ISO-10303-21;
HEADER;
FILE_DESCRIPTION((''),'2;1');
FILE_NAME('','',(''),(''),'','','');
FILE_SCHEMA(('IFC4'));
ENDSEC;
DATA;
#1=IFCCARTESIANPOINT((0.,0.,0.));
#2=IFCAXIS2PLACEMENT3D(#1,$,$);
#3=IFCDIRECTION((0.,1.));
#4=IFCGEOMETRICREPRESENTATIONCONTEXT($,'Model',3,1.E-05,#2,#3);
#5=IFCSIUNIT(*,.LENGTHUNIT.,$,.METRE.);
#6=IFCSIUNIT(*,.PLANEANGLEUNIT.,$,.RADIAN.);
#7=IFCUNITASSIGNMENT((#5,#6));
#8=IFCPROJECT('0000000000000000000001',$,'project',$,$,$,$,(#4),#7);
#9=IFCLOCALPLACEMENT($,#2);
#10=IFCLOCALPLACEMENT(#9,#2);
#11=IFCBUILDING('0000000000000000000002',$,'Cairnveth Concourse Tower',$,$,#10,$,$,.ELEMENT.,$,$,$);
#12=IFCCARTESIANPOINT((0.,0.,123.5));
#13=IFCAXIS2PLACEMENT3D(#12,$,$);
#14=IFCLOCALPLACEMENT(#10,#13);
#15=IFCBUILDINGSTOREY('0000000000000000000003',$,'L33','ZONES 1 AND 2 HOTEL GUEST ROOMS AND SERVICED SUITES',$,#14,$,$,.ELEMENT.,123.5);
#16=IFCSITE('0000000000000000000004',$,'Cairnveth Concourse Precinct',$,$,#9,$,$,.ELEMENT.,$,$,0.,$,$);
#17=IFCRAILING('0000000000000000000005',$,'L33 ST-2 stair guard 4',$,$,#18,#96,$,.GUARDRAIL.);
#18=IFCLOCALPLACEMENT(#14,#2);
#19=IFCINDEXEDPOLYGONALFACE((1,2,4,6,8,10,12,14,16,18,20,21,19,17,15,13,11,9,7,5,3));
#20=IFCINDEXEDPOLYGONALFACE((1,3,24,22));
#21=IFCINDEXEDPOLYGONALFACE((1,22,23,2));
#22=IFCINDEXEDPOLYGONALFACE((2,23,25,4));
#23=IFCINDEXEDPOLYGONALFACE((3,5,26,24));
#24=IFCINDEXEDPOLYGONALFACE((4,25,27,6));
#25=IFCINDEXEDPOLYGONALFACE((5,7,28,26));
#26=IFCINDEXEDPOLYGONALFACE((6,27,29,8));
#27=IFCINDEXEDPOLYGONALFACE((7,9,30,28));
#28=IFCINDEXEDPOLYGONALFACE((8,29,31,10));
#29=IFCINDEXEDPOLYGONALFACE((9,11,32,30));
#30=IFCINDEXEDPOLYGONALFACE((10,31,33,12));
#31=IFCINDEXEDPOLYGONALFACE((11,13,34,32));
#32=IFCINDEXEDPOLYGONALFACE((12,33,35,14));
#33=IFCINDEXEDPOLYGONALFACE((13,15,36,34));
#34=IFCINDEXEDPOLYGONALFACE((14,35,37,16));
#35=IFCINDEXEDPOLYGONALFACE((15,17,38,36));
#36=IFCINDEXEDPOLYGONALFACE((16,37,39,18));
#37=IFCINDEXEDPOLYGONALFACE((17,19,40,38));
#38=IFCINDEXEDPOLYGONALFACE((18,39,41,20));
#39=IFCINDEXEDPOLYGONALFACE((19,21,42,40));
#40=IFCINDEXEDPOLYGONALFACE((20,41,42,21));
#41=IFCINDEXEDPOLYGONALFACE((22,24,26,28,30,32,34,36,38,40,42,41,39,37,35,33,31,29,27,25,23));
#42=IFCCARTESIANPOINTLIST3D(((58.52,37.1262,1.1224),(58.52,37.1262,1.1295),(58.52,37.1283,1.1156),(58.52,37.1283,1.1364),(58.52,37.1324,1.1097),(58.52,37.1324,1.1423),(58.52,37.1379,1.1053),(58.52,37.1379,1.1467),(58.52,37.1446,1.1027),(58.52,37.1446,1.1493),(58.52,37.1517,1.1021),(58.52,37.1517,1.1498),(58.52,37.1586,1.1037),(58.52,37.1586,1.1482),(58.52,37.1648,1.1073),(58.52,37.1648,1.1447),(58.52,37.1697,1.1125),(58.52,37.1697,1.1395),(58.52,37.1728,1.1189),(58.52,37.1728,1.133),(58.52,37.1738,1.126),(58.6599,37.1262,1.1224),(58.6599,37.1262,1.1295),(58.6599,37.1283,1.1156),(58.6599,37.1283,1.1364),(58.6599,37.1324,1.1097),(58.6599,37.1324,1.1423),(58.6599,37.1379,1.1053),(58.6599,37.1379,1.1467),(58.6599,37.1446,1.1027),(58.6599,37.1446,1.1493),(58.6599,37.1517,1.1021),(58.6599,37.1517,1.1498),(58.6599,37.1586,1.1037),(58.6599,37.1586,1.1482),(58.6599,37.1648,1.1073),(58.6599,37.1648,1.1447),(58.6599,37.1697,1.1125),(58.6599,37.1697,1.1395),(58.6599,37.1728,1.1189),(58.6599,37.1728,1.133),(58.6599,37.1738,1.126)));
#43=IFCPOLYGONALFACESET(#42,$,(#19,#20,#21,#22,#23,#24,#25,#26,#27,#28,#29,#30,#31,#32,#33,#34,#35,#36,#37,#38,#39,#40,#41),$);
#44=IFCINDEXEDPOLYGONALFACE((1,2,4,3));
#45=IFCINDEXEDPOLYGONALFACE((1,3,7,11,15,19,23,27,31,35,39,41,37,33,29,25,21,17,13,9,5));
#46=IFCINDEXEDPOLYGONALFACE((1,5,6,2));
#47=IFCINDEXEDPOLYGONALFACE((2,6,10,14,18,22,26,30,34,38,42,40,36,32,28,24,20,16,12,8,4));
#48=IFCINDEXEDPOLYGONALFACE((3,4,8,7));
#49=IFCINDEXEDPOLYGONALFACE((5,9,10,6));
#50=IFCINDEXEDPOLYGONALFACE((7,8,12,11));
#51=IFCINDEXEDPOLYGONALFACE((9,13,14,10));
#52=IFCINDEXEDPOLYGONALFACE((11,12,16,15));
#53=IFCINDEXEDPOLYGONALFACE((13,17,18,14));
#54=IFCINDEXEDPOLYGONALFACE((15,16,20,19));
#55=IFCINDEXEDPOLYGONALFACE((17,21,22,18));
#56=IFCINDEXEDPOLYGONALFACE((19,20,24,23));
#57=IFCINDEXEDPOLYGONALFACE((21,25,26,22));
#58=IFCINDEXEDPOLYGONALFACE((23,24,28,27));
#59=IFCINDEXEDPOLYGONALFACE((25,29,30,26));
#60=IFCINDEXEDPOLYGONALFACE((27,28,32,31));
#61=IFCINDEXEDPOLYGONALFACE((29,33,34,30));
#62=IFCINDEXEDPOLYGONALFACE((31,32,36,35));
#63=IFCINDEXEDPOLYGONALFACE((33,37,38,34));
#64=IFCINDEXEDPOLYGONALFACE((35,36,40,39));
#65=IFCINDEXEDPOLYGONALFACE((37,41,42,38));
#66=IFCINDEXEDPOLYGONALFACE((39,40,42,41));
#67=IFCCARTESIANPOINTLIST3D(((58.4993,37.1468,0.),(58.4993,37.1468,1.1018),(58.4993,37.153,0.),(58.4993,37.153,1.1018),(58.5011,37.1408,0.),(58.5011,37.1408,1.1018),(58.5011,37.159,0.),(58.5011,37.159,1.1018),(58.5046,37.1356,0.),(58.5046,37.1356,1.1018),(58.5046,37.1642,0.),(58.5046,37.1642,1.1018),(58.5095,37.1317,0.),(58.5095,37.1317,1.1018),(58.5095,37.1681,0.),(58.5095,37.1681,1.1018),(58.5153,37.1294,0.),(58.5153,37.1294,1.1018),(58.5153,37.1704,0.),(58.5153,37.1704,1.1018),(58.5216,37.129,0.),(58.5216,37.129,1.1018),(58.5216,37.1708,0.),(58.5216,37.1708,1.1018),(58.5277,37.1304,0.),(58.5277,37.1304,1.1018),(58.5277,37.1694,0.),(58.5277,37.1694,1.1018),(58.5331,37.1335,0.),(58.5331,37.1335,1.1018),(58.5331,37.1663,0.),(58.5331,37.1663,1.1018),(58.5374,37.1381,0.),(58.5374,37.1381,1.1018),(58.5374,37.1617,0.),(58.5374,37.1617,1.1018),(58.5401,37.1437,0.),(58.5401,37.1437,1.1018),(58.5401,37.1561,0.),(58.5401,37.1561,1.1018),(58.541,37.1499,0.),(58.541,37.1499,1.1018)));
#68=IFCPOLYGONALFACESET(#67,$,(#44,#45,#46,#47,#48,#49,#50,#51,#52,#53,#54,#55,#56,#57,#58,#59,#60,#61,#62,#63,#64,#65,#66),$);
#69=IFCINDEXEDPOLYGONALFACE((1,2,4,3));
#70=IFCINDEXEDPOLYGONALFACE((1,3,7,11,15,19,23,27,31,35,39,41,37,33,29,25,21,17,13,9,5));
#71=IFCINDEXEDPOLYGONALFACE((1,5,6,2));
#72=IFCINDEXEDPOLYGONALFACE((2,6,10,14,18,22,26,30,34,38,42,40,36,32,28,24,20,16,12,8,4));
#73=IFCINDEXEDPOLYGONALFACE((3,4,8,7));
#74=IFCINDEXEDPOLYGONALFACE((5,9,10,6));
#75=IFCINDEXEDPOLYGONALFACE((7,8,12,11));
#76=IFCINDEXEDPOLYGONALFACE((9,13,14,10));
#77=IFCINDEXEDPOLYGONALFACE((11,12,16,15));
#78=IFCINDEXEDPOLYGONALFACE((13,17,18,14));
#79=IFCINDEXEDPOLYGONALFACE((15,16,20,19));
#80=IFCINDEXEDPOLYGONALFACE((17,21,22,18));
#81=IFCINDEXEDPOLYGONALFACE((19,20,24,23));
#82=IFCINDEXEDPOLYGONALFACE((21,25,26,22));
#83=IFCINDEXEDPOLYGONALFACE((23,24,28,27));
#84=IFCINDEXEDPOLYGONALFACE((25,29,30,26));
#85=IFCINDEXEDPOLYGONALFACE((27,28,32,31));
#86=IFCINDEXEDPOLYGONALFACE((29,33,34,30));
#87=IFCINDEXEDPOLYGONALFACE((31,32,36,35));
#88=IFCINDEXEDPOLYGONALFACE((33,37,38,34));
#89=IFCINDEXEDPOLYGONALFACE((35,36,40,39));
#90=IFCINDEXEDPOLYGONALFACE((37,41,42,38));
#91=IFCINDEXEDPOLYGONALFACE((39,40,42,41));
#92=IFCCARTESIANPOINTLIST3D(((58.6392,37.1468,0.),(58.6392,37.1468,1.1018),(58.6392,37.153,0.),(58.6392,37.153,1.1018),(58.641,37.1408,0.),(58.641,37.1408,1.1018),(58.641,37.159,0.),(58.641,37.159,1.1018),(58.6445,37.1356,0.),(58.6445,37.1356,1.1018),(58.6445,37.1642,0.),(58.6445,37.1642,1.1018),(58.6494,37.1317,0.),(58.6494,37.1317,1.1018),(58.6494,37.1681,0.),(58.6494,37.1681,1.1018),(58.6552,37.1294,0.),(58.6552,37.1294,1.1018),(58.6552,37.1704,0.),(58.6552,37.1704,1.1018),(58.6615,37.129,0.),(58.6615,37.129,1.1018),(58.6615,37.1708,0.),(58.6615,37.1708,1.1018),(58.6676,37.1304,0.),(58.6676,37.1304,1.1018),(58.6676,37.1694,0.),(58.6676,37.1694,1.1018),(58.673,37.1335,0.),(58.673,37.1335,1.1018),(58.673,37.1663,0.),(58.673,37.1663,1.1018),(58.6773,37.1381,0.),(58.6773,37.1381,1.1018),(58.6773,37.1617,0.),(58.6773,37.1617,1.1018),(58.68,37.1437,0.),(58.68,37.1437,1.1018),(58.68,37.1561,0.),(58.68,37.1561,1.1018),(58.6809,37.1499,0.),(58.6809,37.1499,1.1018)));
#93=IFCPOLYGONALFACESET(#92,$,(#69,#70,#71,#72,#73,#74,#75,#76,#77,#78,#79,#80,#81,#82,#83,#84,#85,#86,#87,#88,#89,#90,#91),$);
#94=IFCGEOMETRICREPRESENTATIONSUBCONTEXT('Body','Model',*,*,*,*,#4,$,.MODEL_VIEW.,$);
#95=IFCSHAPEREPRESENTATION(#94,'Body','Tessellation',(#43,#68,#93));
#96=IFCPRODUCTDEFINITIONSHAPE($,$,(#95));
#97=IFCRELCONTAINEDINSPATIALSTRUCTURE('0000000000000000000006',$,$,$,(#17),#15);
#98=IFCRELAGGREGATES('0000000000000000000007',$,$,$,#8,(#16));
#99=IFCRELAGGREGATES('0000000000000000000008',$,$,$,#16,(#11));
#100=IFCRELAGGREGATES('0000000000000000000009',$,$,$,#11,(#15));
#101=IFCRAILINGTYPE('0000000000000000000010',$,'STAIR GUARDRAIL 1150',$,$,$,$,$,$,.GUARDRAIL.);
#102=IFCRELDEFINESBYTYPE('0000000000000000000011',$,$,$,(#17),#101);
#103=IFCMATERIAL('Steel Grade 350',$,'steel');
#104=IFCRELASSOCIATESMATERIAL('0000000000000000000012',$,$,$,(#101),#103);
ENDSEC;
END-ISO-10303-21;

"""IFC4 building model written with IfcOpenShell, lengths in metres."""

from ifc_helpers import new_model, si_unit, direction, frame, origin, origin_2d, place, context, subcontext, project, spatial, circle, extrude, material, type_object, element, save


model = new_model("IFC4")

# Units and contexts
model_context = context("Model", 3, precision=1e-05, world=origin(), true_north=direction((0.0, 1.0)))
body_context = subcontext(model_context, "Body", "Model", "MODEL_VIEW")
ifc_project = project(units=[si_unit("LENGTHUNIT", "METRE"), si_unit("PLANEANGLEUNIT", "RADIAN")], contexts=[model_context])

# Site, building, storey
site_placement = place(None, origin())
site = spatial("IfcSite", under=ifc_project, at=site_placement, Name="Cairnveth Concourse Precinct", CompositionType="ELEMENT", RefElevation=0.0)
building_placement = place(site_placement, origin())
building = spatial("IfcBuilding", under=site, at=building_placement, Name="Cairnveth Concourse Tower", CompositionType="ELEMENT")
storey_placement = place(building_placement, frame((0.0, 0.0, 123.5)))
storey = spatial("IfcBuildingStorey", under=building, at=storey_placement, Name="L33", Description="ZONES 1 AND 2 HOTEL GUEST ROOMS AND SERVICED SUITES", CompositionType="ELEMENT", Elevation=123.5)

# Shared definitions
ifc_material_1 = material(Name="Steel Grade 350", Category="steel")

# Railing
railing_type = type_object("IfcRailingType", Name="STAIR GUARDRAIL 1150", PredefinedType="GUARDRAIL", material=ifc_material_1)
railing_placement = place(storey_placement, frame((58.52, 37.1499, 0.0)))
element("IfcRailing", 1, at=railing_placement, inside=storey, type_object=railing_type, Name="L33 ST-2 stair guard 4", PredefinedType="GUARDRAIL", context=body_context, shape_type="SweptSolid", body=[
    extrude(circle(Radius=0.0239, at=origin_2d()), frame((0.0, 0.0, 1.126), z_axis=(1.0, 0.0, 0.0), x_axis=(0.0, 1.0, 0.0)), (0.0, 0.0, 1.0), 0.1399),
    extrude(circle(Radius=0.021, at=origin_2d()), origin(), (0.0, 0.0, 1.0), 1.1018),
    extrude(circle(Radius=0.021, at=origin_2d()), frame((0.1399, 0.0, 0.0)), (0.0, 0.0, 1.0), 1.1018),
])

save(model, "model.ifc")
